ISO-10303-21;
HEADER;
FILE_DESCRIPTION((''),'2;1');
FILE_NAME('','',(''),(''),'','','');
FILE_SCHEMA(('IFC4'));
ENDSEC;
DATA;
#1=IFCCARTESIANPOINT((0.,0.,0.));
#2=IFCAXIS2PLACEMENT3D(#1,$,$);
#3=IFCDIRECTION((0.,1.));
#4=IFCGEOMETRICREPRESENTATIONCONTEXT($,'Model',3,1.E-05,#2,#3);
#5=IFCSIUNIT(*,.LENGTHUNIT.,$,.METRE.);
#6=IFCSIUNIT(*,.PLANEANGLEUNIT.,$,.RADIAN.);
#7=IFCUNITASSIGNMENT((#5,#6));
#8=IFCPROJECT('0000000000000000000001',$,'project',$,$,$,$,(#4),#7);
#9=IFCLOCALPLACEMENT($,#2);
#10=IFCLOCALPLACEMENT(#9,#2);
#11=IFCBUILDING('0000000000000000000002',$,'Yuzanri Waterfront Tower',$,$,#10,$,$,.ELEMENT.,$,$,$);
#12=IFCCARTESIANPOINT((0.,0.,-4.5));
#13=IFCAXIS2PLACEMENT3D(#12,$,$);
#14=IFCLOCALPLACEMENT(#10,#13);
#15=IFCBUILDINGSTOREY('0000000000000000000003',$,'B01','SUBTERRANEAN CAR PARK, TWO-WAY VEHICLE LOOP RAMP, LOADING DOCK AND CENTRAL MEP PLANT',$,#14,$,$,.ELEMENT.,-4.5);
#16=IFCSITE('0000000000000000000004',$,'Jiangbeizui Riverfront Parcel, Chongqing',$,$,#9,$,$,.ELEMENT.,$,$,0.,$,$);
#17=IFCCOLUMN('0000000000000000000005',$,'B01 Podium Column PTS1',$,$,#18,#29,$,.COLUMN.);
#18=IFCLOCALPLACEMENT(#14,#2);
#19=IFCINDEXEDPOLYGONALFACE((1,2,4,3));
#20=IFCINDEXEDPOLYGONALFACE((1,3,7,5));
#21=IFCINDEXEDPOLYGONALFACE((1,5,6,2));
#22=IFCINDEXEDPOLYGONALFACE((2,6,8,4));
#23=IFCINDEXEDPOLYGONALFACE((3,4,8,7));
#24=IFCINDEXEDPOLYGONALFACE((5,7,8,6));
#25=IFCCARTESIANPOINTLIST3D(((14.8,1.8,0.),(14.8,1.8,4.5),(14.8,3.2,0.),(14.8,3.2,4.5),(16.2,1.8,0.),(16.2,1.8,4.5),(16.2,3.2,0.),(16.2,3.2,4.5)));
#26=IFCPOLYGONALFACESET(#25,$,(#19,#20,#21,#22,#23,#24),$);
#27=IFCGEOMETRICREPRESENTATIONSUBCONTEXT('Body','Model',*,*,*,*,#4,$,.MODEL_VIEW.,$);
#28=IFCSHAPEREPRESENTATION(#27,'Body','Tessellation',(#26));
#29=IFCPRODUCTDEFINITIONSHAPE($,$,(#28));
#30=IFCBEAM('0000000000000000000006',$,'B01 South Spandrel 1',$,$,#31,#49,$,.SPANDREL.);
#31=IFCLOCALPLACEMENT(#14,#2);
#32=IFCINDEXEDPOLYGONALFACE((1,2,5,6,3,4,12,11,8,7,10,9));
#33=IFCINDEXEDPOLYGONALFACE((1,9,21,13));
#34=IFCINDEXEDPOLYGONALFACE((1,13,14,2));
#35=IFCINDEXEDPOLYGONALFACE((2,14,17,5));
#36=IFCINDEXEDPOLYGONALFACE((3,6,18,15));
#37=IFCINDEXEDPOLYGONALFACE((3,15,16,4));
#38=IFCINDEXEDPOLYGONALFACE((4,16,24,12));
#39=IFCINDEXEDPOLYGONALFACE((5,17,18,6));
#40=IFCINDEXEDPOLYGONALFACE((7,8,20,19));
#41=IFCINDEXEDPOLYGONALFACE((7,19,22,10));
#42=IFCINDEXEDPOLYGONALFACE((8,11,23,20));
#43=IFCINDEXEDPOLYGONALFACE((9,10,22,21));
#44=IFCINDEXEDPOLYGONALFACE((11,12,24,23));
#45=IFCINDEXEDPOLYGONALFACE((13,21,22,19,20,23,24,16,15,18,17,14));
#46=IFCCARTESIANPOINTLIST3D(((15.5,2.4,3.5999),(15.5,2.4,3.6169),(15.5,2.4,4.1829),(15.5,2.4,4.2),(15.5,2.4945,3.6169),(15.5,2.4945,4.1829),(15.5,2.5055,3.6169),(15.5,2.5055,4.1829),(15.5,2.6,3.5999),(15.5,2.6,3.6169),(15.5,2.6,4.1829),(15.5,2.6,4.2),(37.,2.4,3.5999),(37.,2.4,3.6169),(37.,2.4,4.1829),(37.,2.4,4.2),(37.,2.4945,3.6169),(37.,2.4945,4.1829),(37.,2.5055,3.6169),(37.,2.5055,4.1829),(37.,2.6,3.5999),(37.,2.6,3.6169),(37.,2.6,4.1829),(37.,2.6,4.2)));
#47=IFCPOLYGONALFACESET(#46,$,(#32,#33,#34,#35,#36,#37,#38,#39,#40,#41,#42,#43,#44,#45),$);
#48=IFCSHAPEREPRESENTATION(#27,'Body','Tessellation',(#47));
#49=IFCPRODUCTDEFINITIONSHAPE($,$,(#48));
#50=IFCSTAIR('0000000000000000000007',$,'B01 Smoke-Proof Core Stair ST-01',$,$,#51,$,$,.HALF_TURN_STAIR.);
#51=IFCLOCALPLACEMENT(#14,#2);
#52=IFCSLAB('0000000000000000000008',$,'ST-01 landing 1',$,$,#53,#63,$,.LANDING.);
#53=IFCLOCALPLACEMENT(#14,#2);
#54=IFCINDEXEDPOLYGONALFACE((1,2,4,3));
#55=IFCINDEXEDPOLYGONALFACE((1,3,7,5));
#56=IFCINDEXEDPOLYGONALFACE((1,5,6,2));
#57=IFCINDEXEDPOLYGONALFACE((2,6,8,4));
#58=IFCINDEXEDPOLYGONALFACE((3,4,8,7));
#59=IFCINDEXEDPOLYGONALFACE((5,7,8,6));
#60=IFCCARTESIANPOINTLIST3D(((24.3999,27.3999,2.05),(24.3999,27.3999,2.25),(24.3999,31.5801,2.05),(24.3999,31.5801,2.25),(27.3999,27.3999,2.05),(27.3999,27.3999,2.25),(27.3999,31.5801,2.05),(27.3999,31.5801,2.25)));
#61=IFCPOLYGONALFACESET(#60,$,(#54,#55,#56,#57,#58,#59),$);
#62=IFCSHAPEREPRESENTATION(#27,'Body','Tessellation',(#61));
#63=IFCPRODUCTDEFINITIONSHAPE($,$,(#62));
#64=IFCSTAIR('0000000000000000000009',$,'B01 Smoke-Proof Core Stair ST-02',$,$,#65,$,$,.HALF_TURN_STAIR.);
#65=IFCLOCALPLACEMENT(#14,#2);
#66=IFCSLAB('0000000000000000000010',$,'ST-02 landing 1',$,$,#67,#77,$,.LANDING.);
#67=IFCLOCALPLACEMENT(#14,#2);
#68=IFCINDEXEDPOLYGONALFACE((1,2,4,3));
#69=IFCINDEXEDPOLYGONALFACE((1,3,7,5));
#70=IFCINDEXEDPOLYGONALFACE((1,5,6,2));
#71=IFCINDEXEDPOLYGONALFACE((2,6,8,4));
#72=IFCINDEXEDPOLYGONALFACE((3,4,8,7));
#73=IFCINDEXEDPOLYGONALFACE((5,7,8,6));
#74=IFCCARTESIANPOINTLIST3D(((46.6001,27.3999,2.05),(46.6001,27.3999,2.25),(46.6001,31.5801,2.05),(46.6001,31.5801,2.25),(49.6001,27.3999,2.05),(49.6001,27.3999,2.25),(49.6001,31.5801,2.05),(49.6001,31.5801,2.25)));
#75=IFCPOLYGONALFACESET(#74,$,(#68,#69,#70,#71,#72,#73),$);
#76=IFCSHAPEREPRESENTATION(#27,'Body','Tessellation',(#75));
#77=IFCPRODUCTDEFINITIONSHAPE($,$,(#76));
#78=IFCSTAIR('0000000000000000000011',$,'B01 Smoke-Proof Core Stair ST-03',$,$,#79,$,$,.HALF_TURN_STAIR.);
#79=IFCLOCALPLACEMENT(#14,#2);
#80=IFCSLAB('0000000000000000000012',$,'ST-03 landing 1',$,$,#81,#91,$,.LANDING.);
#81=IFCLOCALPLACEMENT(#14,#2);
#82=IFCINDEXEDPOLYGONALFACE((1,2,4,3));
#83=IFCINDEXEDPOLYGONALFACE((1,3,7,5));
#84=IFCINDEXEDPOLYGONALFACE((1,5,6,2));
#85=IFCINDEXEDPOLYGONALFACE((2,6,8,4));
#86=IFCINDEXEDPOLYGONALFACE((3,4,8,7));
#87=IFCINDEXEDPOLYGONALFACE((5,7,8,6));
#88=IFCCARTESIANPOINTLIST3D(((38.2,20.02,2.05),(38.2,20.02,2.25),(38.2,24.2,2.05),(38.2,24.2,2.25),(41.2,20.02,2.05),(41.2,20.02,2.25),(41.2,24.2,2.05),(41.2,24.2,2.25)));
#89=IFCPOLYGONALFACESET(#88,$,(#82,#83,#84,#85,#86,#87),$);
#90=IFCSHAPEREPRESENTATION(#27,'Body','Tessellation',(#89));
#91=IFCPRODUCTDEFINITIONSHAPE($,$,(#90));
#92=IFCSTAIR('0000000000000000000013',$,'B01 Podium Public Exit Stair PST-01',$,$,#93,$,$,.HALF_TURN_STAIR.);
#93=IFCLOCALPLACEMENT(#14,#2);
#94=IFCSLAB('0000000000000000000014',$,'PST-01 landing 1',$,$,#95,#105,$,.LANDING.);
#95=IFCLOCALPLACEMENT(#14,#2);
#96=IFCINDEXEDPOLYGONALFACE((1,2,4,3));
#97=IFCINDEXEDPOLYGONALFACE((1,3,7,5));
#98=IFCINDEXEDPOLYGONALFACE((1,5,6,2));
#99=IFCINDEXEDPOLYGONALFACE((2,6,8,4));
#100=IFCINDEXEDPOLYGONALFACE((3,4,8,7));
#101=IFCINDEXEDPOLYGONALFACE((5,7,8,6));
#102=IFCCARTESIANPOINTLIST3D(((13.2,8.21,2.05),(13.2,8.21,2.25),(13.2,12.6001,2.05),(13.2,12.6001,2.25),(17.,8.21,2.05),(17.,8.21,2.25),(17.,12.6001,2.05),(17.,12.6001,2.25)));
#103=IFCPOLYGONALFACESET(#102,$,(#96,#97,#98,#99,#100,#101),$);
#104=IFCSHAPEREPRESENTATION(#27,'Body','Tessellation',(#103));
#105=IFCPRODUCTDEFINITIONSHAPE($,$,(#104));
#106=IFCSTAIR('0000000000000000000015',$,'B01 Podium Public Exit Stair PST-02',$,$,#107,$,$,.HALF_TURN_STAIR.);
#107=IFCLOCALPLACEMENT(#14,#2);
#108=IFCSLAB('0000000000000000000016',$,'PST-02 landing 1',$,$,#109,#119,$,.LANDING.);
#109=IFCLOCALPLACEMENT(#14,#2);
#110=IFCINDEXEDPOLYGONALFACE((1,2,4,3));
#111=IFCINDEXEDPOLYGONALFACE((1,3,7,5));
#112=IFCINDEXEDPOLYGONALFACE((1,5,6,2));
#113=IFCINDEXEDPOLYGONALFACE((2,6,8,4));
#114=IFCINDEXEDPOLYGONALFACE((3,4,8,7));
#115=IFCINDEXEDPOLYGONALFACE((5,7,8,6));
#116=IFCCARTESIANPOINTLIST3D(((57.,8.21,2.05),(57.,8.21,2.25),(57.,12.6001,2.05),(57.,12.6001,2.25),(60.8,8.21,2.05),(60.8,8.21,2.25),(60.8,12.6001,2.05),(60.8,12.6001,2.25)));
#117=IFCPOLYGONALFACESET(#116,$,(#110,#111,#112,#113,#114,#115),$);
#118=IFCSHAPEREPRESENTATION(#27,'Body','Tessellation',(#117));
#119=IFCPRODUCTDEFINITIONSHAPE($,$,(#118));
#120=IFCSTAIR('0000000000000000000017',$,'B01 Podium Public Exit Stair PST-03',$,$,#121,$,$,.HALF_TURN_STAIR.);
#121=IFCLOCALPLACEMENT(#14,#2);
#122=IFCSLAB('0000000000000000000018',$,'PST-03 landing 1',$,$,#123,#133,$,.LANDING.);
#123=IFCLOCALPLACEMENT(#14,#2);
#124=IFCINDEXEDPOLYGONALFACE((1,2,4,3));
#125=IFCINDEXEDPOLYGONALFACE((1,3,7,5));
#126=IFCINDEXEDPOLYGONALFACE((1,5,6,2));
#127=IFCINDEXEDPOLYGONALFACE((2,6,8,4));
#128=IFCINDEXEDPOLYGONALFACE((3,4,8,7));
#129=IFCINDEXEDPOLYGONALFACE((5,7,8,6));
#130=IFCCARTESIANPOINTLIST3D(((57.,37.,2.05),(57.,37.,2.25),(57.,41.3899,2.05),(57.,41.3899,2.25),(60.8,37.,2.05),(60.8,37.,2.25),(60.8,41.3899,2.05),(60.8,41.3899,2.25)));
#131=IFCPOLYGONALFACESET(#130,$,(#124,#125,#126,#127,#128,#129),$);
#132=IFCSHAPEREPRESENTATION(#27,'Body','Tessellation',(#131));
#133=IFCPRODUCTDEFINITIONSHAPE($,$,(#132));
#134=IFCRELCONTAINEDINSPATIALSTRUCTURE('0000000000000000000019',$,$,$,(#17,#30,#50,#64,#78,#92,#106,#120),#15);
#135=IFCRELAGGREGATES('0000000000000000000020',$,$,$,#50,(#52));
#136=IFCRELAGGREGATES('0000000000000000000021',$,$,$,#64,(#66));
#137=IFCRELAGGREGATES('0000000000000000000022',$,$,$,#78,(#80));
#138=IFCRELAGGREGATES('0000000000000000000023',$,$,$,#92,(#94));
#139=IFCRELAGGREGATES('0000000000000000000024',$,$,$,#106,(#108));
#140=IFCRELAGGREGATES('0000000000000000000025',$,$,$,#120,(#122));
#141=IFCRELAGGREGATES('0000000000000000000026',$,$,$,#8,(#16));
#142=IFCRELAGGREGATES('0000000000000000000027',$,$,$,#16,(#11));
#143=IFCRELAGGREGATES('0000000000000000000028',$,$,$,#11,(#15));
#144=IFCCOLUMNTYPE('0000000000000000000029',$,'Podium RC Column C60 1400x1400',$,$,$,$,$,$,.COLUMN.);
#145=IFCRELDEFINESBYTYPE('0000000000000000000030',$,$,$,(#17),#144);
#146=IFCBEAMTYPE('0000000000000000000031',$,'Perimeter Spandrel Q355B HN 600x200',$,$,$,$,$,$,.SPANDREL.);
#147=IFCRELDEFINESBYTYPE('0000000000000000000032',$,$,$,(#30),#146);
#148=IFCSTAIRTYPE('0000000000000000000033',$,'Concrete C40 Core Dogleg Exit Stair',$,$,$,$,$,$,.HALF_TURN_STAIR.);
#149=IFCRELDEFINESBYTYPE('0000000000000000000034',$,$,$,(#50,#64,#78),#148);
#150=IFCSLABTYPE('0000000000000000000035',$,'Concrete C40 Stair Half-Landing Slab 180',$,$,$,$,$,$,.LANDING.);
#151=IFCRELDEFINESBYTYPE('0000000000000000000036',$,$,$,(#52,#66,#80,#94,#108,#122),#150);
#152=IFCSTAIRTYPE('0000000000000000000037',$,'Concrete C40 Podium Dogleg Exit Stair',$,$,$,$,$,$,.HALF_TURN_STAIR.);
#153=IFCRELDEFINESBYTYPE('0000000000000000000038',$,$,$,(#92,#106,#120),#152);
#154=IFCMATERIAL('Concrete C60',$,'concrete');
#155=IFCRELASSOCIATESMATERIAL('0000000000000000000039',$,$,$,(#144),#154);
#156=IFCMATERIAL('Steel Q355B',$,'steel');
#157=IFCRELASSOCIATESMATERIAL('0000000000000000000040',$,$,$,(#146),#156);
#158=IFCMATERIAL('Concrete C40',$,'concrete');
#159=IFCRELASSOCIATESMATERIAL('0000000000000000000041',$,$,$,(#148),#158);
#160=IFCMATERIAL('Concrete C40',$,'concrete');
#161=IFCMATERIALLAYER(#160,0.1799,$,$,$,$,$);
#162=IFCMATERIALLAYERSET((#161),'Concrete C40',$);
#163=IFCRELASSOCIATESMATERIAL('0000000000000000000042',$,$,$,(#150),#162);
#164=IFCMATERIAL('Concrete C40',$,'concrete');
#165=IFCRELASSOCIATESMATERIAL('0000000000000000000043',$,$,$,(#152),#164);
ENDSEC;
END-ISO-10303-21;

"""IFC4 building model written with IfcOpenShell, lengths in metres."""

from ifc_helpers import new_model, si_unit, direction, frame, origin, origin_2d, place, context, subcontext, project, spatial, polyline, rectangle, i_section, outline, extrude, source, transform, mapped, material, layer, layer_set, material_profile, profile_set, type_object, element, aggregate, save


model = new_model("IFC4")

# Units and contexts
model_context = context("Model", 3, precision=1e-05, world=origin(), true_north=direction((0.0, 1.0)))
body_context = subcontext(model_context, "Body", "Model", "MODEL_VIEW")
ifc_project = project(units=[si_unit("LENGTHUNIT", "METRE"), si_unit("PLANEANGLEUNIT", "RADIAN")], contexts=[model_context])

# Site, building, storey
site_placement = place(None, origin())
site = spatial("IfcSite", under=ifc_project, at=site_placement, Name="Jiangbeizui Riverfront Parcel, Chongqing", CompositionType="ELEMENT", RefElevation=0.0)
building_placement = place(site_placement, origin())
building = spatial("IfcBuilding", under=site, at=building_placement, Name="Yuzanri Waterfront Tower", CompositionType="ELEMENT")
storey_placement = place(building_placement, frame((0.0, 0.0, -4.5)))
storey = spatial("IfcBuildingStorey", under=building, at=storey_placement, Name="B01", Description="SUBTERRANEAN CAR PARK, TWO-WAY VEHICLE LOOP RAMP, LOADING DOCK AND CENTRAL MEP PLANT", CompositionType="ELEMENT", Elevation=-4.5)

# Column
ifc_material_1 = material(Name="Concrete C60", Category="concrete")
ifc_material_profile_1 = material_profile(ifc_material_1, rectangle(XDim=1.3999, YDim=1.3999, at=origin_2d()), Name="RC 1400x1400")
ifc_profile_set_1 = profile_set([ifc_material_profile_1], Name="Concrete C60")
column_type_1 = type_object("IfcColumnType", Name="Podium RC Column C60 1400x1400", PredefinedType="COLUMN", material=ifc_profile_set_1)
shared_shape_1 = source(origin(), body_context, "Body", "SweptSolid", [
    extrude(rectangle(XDim=1.3999, YDim=1.3999, at=origin_2d()), origin(), (0.0, 0.0, 1.0), 4.5),
])
column_1_placement = place(storey_placement, frame((15.5, 2.5, 0.0), z_axis=(0.0, 0.0, 1.0), x_axis=(1.0, 0.0, 0.0)))
element("IfcColumn", 1, at=column_1_placement, inside=storey, type_object=column_type_1, Name="B01 Podium Column PTS1", PredefinedType="COLUMN", context=body_context, shape_type="MappedRepresentation", body=[
    mapped(shared_shape_1, transform((0.0, 0.0, 0.0), scale=1.0)),
])

# Beam
ifc_material_2 = material(Name="Steel Q355B", Category="steel")
ifc_material_profile_2 = material_profile(ifc_material_2, i_section(OverallWidth=0.2, OverallDepth=0.6001, WebThickness=0.011, FlangeThickness=0.0171, at=origin_2d()), Name="HN 600x200x11x17")
ifc_profile_set_2 = profile_set([ifc_material_profile_2], Name="Steel Q355B")
beam_type = type_object("IfcBeamType", Name="Perimeter Spandrel Q355B HN 600x200", PredefinedType="SPANDREL", material=ifc_profile_set_2)
shared_shape_2 = source(origin(), body_context, "Body", "SweptSolid", [
    extrude(i_section(OverallWidth=0.2, OverallDepth=0.6001, WebThickness=0.011, FlangeThickness=0.0171, at=origin_2d()), origin(), (0.0, 0.0, 1.0), 21.5),
])
beam_placement = place(storey_placement, frame((15.5, 2.5, 3.8999), z_axis=(1.0, 0.0, 0.0), x_axis=(0.0, 1.0, 0.0)))
element("IfcBeam", 2, at=beam_placement, inside=storey, type_object=beam_type, Name="B01 South Spandrel 1", PredefinedType="SPANDREL", context=body_context, shape_type="MappedRepresentation", body=[
    mapped(shared_shape_2, transform((0.0, 0.0, 0.0), scale=1.0)),
])

# Stairs, slabs
ifc_material_3 = material(Name="Concrete C40", Category="concrete")
stair_type_1 = type_object("IfcStairType", Name="Concrete C40 Core Dogleg Exit Stair", PredefinedType="HALF_TURN_STAIR", material=ifc_material_3)
stair_1_placement = place(storey_placement, origin())
stair_1 = element("IfcStair", 3, at=stair_1_placement, inside=storey, type_object=stair_type_1, Name="B01 Smoke-Proof Core Stair ST-01", PredefinedType="HALF_TURN_STAIR")
ifc_material_4 = material(Name="Concrete C40", Category="concrete")
ifc_layer_1 = layer(ifc_material_4, 0.1799)
ifc_layer_set_1 = layer_set([ifc_layer_1], Name="Concrete C40")
slab_type_1 = type_object("IfcSlabType", Name="Concrete C40 Stair Half-Landing Slab 180", PredefinedType="LANDING", material=ifc_layer_set_1)
slab_1_placement = place(storey_placement, frame((0.0, 0.0, 2.05)))
slab_1 = element("IfcSlab", 4, at=slab_1_placement, type_object=slab_type_1, Name="ST-01 landing 1", PredefinedType="LANDING", context=body_context, shape_type="SweptSolid", body=[
    extrude(outline(polyline([(27.3999, 27.3999), (27.3999, 31.5801), (24.3999, 31.5801), (24.3999, 27.3999), (27.3999, 27.3999)])), origin(), (0.0, 0.0, 1.0), 0.2),
])
aggregate(stair_1, [slab_1])
stair_2_placement = place(storey_placement, origin())
stair_2 = element("IfcStair", 5, at=stair_2_placement, inside=storey, type_object=stair_type_1, Name="B01 Smoke-Proof Core Stair ST-02", PredefinedType="HALF_TURN_STAIR")
slab_2_placement = place(storey_placement, frame((0.0, 0.0, 2.05)))
slab_2 = element("IfcSlab", 6, at=slab_2_placement, type_object=slab_type_1, Name="ST-02 landing 1", PredefinedType="LANDING", context=body_context, shape_type="SweptSolid", body=[
    extrude(outline(polyline([(49.6001, 27.3999), (49.6001, 31.5801), (46.6001, 31.5801), (46.6001, 27.3999), (49.6001, 27.3999)])), origin(), (0.0, 0.0, 1.0), 0.2),
])
aggregate(stair_2, [slab_2])
stair_3_placement = place(storey_placement, origin())
stair_3 = element("IfcStair", 7, at=stair_3_placement, inside=storey, type_object=stair_type_1, Name="B01 Smoke-Proof Core Stair ST-03", PredefinedType="HALF_TURN_STAIR")
slab_3_placement = place(storey_placement, frame((0.0, 0.0, 2.05)))
slab_3 = element("IfcSlab", 8, at=slab_3_placement, type_object=slab_type_1, Name="ST-03 landing 1", PredefinedType="LANDING", context=body_context, shape_type="SweptSolid", body=[
    extrude(outline(polyline([(38.2, 24.2), (38.2, 20.02), (41.2, 20.02), (41.2, 24.2), (38.2, 24.2)])), origin(), (0.0, 0.0, 1.0), 0.2),
])
aggregate(stair_3, [slab_3])
ifc_material_5 = material(Name="Concrete C40", Category="concrete")
stair_type_2 = type_object("IfcStairType", Name="Concrete C40 Podium Dogleg Exit Stair", PredefinedType="HALF_TURN_STAIR", material=ifc_material_5)
stair_4_placement = place(storey_placement, origin())
stair_4 = element("IfcStair", 9, at=stair_4_placement, inside=storey, type_object=stair_type_2, Name="B01 Podium Public Exit Stair PST-01", PredefinedType="HALF_TURN_STAIR")
slab_4_placement = place(storey_placement, frame((0.0, 0.0, 2.05)))
slab_4 = element("IfcSlab", 10, at=slab_4_placement, type_object=slab_type_1, Name="PST-01 landing 1", PredefinedType="LANDING", context=body_context, shape_type="SweptSolid", body=[
    extrude(outline(polyline([(17.0, 8.21), (17.0, 12.6001), (13.2, 12.6001), (13.2, 8.21), (17.0, 8.21)])), origin(), (0.0, 0.0, 1.0), 0.2),
])
aggregate(stair_4, [slab_4])
stair_5_placement = place(storey_placement, origin())
stair_5 = element("IfcStair", 11, at=stair_5_placement, inside=storey, type_object=stair_type_2, Name="B01 Podium Public Exit Stair PST-02", PredefinedType="HALF_TURN_STAIR")
slab_5_placement = place(storey_placement, frame((0.0, 0.0, 2.05)))
slab_5 = element("IfcSlab", 12, at=slab_5_placement, type_object=slab_type_1, Name="PST-02 landing 1", PredefinedType="LANDING", context=body_context, shape_type="SweptSolid", body=[
    extrude(outline(polyline([(60.8, 8.21), (60.8, 12.6001), (57.0, 12.6001), (57.0, 8.21), (60.8, 8.21)])), origin(), (0.0, 0.0, 1.0), 0.2),
])
aggregate(stair_5, [slab_5])
stair_6_placement = place(storey_placement, origin())
stair_6 = element("IfcStair", 13, at=stair_6_placement, inside=storey, type_object=stair_type_2, Name="B01 Podium Public Exit Stair PST-03", PredefinedType="HALF_TURN_STAIR")
slab_6_placement = place(storey_placement, frame((0.0, 0.0, 2.05)))
slab_6 = element("IfcSlab", 14, at=slab_6_placement, type_object=slab_type_1, Name="PST-03 landing 1", PredefinedType="LANDING", context=body_context, shape_type="SweptSolid", body=[
    extrude(outline(polyline([(57.0, 41.3899), (57.0, 37.0), (60.8, 37.0), (60.8, 41.3899), (57.0, 41.3899)])), origin(), (0.0, 0.0, 1.0), 0.2),
])
aggregate(stair_6, [slab_6])

save(model, "model.ifc")
